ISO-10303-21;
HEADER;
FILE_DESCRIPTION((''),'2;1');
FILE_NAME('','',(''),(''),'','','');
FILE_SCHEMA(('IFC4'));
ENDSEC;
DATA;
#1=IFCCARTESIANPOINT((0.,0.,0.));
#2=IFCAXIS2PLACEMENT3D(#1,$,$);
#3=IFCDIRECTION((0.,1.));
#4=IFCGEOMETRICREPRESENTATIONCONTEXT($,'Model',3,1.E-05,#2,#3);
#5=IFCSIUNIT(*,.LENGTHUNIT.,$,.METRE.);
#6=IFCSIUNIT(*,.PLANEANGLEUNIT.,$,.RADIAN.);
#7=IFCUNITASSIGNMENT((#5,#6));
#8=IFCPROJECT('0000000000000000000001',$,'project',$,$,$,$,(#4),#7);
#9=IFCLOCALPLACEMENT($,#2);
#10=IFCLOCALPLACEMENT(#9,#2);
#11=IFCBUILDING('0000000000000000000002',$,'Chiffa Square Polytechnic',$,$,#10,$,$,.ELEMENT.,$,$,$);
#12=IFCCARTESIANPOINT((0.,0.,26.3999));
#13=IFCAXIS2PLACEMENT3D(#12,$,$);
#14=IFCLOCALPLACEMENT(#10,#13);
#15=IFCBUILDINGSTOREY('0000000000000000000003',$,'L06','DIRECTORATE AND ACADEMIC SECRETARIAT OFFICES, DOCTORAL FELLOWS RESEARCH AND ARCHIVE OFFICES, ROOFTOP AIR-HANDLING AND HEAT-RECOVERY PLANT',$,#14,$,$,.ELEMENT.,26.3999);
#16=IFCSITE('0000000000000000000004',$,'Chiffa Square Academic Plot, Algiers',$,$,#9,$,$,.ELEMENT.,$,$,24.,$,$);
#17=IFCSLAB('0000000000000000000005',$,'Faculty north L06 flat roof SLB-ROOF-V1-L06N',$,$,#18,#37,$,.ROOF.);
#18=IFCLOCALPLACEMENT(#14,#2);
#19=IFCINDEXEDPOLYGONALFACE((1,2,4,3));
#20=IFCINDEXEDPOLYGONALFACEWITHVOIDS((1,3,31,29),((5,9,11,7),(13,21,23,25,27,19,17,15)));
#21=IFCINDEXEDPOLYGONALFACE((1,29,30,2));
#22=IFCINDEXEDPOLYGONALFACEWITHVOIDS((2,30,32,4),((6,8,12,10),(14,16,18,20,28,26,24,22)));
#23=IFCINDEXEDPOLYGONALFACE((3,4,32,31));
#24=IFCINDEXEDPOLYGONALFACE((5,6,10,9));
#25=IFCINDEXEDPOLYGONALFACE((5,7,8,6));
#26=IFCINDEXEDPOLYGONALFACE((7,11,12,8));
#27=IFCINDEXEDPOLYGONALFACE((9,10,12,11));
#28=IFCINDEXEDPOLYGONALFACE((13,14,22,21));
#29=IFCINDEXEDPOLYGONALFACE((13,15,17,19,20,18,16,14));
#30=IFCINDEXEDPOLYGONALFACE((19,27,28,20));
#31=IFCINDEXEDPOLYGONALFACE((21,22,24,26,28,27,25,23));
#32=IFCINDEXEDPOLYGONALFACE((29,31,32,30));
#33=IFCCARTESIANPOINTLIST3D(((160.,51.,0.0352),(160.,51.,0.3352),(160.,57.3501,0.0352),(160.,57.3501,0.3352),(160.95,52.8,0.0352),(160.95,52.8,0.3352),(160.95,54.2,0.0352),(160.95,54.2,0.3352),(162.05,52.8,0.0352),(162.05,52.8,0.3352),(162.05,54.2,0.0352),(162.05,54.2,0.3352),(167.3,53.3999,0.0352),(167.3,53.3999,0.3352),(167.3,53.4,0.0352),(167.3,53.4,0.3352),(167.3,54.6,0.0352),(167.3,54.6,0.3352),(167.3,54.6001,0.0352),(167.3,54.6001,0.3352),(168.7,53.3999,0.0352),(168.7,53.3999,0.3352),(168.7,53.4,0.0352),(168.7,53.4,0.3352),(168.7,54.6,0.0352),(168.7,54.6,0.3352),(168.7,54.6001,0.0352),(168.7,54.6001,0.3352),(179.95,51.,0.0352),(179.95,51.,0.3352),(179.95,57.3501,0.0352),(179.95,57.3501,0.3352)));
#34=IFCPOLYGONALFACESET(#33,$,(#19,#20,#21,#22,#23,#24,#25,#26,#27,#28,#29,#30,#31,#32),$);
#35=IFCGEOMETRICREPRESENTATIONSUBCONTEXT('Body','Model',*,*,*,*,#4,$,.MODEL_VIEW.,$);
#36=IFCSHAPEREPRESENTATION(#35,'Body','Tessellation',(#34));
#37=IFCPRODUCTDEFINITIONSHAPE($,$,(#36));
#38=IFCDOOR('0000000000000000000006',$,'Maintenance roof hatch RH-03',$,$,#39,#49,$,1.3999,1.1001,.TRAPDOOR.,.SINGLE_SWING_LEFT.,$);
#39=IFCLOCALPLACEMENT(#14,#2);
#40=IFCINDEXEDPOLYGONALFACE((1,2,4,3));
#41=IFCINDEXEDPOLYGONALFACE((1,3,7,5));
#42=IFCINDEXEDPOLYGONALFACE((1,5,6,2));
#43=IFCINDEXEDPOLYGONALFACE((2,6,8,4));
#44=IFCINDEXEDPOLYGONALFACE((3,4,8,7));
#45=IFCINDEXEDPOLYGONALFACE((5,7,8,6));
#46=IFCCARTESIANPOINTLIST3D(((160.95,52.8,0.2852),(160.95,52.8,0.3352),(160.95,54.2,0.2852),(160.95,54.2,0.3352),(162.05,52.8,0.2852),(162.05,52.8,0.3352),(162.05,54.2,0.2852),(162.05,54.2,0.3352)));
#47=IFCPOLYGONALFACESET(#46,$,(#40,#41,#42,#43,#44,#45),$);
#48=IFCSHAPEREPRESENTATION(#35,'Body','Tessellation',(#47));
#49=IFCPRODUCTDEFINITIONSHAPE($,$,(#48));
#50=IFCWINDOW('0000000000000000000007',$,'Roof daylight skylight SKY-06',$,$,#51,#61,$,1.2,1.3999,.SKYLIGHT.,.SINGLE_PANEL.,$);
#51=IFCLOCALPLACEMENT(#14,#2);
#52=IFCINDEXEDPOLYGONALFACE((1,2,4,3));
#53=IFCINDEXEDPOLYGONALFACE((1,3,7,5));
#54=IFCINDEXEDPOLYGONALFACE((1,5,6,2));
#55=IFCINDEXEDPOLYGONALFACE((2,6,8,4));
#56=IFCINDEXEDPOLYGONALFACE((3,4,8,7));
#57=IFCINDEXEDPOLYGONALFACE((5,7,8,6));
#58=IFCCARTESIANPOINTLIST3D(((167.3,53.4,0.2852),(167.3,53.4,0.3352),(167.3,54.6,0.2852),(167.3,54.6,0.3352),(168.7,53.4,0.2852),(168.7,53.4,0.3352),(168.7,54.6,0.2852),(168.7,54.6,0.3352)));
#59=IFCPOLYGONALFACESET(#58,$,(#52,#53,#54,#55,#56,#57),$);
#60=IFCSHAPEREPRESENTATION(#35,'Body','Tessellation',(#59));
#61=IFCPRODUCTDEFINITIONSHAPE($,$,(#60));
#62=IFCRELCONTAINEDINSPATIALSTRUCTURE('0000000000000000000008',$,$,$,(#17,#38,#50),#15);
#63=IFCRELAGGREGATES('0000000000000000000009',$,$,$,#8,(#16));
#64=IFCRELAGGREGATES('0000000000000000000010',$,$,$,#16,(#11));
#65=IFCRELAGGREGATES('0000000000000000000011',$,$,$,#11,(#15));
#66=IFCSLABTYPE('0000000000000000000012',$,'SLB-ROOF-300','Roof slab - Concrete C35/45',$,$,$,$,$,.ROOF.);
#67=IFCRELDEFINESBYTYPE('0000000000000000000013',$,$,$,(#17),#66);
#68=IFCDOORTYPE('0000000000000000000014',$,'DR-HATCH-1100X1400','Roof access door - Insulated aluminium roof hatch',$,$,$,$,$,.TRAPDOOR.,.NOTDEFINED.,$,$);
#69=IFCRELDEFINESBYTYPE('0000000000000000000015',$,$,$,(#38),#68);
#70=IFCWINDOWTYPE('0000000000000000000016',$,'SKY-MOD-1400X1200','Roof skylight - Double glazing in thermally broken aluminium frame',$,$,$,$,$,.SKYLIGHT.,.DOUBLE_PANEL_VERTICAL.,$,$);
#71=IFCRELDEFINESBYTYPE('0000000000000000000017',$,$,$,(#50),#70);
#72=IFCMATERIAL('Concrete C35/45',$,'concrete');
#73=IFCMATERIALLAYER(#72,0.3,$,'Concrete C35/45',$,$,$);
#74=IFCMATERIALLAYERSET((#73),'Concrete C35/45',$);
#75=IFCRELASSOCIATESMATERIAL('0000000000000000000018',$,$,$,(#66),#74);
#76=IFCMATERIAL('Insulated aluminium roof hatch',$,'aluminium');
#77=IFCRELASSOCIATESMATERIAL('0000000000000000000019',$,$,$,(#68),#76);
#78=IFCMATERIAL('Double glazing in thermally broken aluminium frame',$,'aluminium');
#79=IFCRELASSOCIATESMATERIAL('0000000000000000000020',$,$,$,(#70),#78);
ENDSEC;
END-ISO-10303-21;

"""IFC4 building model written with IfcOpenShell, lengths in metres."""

from ifc_helpers import new_model, si_unit, direction, frame, origin, origin_2d, place, context, subcontext, project, spatial, polyline, rectangle, outline, extrude, material, layer, layer_set, type_object, element, fill, save


model = new_model("IFC4")

# Units and contexts
model_context = context("Model", 3, precision=1e-05, world=origin(), true_north=direction((0.0, 1.0)))
body_context = subcontext(model_context, "Body", "Model", "MODEL_VIEW")
ifc_project = project(units=[si_unit("LENGTHUNIT", "METRE"), si_unit("PLANEANGLEUNIT", "RADIAN")], contexts=[model_context])

# Site, building, storey
site_placement = place(None, origin())
site = spatial("IfcSite", under=ifc_project, at=site_placement, Name="Chiffa Square Academic Plot, Algiers", CompositionType="ELEMENT", RefElevation=24.0)
building_placement = place(site_placement, origin())
building = spatial("IfcBuilding", under=site, at=building_placement, Name="Chiffa Square Polytechnic", CompositionType="ELEMENT")
storey_placement = place(building_placement, frame((0.0, 0.0, 26.3999)))
storey = spatial("IfcBuildingStorey", under=building, at=storey_placement, Name="L06", Description="DIRECTORATE AND ACADEMIC SECRETARIAT OFFICES, DOCTORAL FELLOWS RESEARCH AND ARCHIVE OFFICES, ROOFTOP AIR-HANDLING AND HEAT-RECOVERY PLANT", CompositionType="ELEMENT", Elevation=26.3999)

# Shared definitions
ifc_material_1 = material(Name="Concrete C35/45", Category="concrete")

# Slab, openings, door, window
ifc_layer_1 = layer(ifc_material_1, 0.3, Name="Concrete C35/45")
ifc_layer_set_1 = layer_set([ifc_layer_1], Name="Concrete C35/45")
slab_type_1 = type_object("IfcSlabType", Name="SLB-ROOF-300", Description="Roof slab - Concrete C35/45", PredefinedType="ROOF", material=ifc_layer_set_1)
slab_1_placement = place(storey_placement, frame((0.0, 0.0, 0.0352)))
slab_1 = element("IfcSlab", 1, at=slab_1_placement, inside=storey, type_object=slab_type_1, Name="Faculty north L06 flat roof SLB-ROOF-V1-L06N", PredefinedType="ROOF", context=body_context, shape_type="SweptSolid", body=[
    extrude(outline(polyline([(160.0, 51.0), (179.95, 51.0), (179.95, 57.3501), (160.0, 57.3501), (160.0, 51.0)]), holes=[polyline([(167.3, 53.3999), (168.7, 53.3999), (168.7, 54.6001), (167.3, 54.6001), (167.3, 53.3999)]), polyline([(160.95, 52.8), (162.05, 52.8), (162.05, 54.2), (160.95, 54.2), (160.95, 52.8)])]), origin(), (0.0, 0.0, 1.0), 0.3),
])
opening_1_placement = place(slab_1_placement, frame((168.0, 54.0, 0.0)))
opening_1 = element("IfcOpeningElement", 2, at=opening_1_placement, cuts=slab_1, PredefinedType="OPENING", context=body_context, shape_type="SweptSolid", body=[
    extrude(rectangle(XDim=1.3999, YDim=1.2, at=origin_2d()), frame((0.0, 0.0, -0.01), z_axis=(0.0, 0.0, 1.0), x_axis=(1.0, 0.0, 0.0)), (0.0, 0.0, 1.0), 0.3201),
])
opening_2_placement = place(slab_1_placement, frame((161.5, 53.5, 0.0)))
opening_2 = element("IfcOpeningElement", 3, at=opening_2_placement, cuts=slab_1, PredefinedType="OPENING", context=body_context, shape_type="SweptSolid", body=[
    extrude(rectangle(XDim=1.1001, YDim=1.3999, at=origin_2d()), frame((0.0, 0.0, -0.01), z_axis=(0.0, 0.0, 1.0), x_axis=(1.0, 0.0, 0.0)), (0.0, 0.0, 1.0), 0.3201),
])
ifc_material_2 = material(Name="Insulated aluminium roof hatch", Category="aluminium")
door_type = type_object("IfcDoorType", Name="DR-HATCH-1100X1400", Description="Roof access door - Insulated aluminium roof hatch", OperationType="NOTDEFINED", PredefinedType="TRAPDOOR", material=ifc_material_2)
door_placement = place(opening_2_placement, frame((0.0, 0.0, 0.25)))
door = element("IfcDoor", 4, at=door_placement, inside=storey, type_object=door_type, Name="Maintenance roof hatch RH-03", OperationType="SINGLE_SWING_LEFT", OverallHeight=1.3999, OverallWidth=1.1001, PredefinedType="TRAPDOOR", context=body_context, shape_type="SweptSolid", body=[
    extrude(rectangle(XDim=1.1001, YDim=1.3999, at=origin_2d()), origin(), (0.0, 0.0, 1.0), 0.05),
])
fill(opening_2, door)
ifc_material_3 = material(Name="Double glazing in thermally broken aluminium frame", Category="aluminium")
window_type = type_object("IfcWindowType", Name="SKY-MOD-1400X1200", Description="Roof skylight - Double glazing in thermally broken aluminium frame", PartitioningType="DOUBLE_PANEL_VERTICAL", PredefinedType="SKYLIGHT", material=ifc_material_3)
window_placement = place(opening_1_placement, frame((0.0, 0.0, 0.25)))
window = element("IfcWindow", 5, at=window_placement, inside=storey, type_object=window_type, Name="Roof daylight skylight SKY-06", OverallHeight=1.2, OverallWidth=1.3999, PartitioningType="SINGLE_PANEL", PredefinedType="SKYLIGHT", context=body_context, shape_type="SweptSolid", body=[
    extrude(rectangle(XDim=1.3999, YDim=1.2, at=origin_2d()), origin(), (0.0, 0.0, 1.0), 0.05),
])
fill(opening_1, window)

save(model, "model.ifc")
